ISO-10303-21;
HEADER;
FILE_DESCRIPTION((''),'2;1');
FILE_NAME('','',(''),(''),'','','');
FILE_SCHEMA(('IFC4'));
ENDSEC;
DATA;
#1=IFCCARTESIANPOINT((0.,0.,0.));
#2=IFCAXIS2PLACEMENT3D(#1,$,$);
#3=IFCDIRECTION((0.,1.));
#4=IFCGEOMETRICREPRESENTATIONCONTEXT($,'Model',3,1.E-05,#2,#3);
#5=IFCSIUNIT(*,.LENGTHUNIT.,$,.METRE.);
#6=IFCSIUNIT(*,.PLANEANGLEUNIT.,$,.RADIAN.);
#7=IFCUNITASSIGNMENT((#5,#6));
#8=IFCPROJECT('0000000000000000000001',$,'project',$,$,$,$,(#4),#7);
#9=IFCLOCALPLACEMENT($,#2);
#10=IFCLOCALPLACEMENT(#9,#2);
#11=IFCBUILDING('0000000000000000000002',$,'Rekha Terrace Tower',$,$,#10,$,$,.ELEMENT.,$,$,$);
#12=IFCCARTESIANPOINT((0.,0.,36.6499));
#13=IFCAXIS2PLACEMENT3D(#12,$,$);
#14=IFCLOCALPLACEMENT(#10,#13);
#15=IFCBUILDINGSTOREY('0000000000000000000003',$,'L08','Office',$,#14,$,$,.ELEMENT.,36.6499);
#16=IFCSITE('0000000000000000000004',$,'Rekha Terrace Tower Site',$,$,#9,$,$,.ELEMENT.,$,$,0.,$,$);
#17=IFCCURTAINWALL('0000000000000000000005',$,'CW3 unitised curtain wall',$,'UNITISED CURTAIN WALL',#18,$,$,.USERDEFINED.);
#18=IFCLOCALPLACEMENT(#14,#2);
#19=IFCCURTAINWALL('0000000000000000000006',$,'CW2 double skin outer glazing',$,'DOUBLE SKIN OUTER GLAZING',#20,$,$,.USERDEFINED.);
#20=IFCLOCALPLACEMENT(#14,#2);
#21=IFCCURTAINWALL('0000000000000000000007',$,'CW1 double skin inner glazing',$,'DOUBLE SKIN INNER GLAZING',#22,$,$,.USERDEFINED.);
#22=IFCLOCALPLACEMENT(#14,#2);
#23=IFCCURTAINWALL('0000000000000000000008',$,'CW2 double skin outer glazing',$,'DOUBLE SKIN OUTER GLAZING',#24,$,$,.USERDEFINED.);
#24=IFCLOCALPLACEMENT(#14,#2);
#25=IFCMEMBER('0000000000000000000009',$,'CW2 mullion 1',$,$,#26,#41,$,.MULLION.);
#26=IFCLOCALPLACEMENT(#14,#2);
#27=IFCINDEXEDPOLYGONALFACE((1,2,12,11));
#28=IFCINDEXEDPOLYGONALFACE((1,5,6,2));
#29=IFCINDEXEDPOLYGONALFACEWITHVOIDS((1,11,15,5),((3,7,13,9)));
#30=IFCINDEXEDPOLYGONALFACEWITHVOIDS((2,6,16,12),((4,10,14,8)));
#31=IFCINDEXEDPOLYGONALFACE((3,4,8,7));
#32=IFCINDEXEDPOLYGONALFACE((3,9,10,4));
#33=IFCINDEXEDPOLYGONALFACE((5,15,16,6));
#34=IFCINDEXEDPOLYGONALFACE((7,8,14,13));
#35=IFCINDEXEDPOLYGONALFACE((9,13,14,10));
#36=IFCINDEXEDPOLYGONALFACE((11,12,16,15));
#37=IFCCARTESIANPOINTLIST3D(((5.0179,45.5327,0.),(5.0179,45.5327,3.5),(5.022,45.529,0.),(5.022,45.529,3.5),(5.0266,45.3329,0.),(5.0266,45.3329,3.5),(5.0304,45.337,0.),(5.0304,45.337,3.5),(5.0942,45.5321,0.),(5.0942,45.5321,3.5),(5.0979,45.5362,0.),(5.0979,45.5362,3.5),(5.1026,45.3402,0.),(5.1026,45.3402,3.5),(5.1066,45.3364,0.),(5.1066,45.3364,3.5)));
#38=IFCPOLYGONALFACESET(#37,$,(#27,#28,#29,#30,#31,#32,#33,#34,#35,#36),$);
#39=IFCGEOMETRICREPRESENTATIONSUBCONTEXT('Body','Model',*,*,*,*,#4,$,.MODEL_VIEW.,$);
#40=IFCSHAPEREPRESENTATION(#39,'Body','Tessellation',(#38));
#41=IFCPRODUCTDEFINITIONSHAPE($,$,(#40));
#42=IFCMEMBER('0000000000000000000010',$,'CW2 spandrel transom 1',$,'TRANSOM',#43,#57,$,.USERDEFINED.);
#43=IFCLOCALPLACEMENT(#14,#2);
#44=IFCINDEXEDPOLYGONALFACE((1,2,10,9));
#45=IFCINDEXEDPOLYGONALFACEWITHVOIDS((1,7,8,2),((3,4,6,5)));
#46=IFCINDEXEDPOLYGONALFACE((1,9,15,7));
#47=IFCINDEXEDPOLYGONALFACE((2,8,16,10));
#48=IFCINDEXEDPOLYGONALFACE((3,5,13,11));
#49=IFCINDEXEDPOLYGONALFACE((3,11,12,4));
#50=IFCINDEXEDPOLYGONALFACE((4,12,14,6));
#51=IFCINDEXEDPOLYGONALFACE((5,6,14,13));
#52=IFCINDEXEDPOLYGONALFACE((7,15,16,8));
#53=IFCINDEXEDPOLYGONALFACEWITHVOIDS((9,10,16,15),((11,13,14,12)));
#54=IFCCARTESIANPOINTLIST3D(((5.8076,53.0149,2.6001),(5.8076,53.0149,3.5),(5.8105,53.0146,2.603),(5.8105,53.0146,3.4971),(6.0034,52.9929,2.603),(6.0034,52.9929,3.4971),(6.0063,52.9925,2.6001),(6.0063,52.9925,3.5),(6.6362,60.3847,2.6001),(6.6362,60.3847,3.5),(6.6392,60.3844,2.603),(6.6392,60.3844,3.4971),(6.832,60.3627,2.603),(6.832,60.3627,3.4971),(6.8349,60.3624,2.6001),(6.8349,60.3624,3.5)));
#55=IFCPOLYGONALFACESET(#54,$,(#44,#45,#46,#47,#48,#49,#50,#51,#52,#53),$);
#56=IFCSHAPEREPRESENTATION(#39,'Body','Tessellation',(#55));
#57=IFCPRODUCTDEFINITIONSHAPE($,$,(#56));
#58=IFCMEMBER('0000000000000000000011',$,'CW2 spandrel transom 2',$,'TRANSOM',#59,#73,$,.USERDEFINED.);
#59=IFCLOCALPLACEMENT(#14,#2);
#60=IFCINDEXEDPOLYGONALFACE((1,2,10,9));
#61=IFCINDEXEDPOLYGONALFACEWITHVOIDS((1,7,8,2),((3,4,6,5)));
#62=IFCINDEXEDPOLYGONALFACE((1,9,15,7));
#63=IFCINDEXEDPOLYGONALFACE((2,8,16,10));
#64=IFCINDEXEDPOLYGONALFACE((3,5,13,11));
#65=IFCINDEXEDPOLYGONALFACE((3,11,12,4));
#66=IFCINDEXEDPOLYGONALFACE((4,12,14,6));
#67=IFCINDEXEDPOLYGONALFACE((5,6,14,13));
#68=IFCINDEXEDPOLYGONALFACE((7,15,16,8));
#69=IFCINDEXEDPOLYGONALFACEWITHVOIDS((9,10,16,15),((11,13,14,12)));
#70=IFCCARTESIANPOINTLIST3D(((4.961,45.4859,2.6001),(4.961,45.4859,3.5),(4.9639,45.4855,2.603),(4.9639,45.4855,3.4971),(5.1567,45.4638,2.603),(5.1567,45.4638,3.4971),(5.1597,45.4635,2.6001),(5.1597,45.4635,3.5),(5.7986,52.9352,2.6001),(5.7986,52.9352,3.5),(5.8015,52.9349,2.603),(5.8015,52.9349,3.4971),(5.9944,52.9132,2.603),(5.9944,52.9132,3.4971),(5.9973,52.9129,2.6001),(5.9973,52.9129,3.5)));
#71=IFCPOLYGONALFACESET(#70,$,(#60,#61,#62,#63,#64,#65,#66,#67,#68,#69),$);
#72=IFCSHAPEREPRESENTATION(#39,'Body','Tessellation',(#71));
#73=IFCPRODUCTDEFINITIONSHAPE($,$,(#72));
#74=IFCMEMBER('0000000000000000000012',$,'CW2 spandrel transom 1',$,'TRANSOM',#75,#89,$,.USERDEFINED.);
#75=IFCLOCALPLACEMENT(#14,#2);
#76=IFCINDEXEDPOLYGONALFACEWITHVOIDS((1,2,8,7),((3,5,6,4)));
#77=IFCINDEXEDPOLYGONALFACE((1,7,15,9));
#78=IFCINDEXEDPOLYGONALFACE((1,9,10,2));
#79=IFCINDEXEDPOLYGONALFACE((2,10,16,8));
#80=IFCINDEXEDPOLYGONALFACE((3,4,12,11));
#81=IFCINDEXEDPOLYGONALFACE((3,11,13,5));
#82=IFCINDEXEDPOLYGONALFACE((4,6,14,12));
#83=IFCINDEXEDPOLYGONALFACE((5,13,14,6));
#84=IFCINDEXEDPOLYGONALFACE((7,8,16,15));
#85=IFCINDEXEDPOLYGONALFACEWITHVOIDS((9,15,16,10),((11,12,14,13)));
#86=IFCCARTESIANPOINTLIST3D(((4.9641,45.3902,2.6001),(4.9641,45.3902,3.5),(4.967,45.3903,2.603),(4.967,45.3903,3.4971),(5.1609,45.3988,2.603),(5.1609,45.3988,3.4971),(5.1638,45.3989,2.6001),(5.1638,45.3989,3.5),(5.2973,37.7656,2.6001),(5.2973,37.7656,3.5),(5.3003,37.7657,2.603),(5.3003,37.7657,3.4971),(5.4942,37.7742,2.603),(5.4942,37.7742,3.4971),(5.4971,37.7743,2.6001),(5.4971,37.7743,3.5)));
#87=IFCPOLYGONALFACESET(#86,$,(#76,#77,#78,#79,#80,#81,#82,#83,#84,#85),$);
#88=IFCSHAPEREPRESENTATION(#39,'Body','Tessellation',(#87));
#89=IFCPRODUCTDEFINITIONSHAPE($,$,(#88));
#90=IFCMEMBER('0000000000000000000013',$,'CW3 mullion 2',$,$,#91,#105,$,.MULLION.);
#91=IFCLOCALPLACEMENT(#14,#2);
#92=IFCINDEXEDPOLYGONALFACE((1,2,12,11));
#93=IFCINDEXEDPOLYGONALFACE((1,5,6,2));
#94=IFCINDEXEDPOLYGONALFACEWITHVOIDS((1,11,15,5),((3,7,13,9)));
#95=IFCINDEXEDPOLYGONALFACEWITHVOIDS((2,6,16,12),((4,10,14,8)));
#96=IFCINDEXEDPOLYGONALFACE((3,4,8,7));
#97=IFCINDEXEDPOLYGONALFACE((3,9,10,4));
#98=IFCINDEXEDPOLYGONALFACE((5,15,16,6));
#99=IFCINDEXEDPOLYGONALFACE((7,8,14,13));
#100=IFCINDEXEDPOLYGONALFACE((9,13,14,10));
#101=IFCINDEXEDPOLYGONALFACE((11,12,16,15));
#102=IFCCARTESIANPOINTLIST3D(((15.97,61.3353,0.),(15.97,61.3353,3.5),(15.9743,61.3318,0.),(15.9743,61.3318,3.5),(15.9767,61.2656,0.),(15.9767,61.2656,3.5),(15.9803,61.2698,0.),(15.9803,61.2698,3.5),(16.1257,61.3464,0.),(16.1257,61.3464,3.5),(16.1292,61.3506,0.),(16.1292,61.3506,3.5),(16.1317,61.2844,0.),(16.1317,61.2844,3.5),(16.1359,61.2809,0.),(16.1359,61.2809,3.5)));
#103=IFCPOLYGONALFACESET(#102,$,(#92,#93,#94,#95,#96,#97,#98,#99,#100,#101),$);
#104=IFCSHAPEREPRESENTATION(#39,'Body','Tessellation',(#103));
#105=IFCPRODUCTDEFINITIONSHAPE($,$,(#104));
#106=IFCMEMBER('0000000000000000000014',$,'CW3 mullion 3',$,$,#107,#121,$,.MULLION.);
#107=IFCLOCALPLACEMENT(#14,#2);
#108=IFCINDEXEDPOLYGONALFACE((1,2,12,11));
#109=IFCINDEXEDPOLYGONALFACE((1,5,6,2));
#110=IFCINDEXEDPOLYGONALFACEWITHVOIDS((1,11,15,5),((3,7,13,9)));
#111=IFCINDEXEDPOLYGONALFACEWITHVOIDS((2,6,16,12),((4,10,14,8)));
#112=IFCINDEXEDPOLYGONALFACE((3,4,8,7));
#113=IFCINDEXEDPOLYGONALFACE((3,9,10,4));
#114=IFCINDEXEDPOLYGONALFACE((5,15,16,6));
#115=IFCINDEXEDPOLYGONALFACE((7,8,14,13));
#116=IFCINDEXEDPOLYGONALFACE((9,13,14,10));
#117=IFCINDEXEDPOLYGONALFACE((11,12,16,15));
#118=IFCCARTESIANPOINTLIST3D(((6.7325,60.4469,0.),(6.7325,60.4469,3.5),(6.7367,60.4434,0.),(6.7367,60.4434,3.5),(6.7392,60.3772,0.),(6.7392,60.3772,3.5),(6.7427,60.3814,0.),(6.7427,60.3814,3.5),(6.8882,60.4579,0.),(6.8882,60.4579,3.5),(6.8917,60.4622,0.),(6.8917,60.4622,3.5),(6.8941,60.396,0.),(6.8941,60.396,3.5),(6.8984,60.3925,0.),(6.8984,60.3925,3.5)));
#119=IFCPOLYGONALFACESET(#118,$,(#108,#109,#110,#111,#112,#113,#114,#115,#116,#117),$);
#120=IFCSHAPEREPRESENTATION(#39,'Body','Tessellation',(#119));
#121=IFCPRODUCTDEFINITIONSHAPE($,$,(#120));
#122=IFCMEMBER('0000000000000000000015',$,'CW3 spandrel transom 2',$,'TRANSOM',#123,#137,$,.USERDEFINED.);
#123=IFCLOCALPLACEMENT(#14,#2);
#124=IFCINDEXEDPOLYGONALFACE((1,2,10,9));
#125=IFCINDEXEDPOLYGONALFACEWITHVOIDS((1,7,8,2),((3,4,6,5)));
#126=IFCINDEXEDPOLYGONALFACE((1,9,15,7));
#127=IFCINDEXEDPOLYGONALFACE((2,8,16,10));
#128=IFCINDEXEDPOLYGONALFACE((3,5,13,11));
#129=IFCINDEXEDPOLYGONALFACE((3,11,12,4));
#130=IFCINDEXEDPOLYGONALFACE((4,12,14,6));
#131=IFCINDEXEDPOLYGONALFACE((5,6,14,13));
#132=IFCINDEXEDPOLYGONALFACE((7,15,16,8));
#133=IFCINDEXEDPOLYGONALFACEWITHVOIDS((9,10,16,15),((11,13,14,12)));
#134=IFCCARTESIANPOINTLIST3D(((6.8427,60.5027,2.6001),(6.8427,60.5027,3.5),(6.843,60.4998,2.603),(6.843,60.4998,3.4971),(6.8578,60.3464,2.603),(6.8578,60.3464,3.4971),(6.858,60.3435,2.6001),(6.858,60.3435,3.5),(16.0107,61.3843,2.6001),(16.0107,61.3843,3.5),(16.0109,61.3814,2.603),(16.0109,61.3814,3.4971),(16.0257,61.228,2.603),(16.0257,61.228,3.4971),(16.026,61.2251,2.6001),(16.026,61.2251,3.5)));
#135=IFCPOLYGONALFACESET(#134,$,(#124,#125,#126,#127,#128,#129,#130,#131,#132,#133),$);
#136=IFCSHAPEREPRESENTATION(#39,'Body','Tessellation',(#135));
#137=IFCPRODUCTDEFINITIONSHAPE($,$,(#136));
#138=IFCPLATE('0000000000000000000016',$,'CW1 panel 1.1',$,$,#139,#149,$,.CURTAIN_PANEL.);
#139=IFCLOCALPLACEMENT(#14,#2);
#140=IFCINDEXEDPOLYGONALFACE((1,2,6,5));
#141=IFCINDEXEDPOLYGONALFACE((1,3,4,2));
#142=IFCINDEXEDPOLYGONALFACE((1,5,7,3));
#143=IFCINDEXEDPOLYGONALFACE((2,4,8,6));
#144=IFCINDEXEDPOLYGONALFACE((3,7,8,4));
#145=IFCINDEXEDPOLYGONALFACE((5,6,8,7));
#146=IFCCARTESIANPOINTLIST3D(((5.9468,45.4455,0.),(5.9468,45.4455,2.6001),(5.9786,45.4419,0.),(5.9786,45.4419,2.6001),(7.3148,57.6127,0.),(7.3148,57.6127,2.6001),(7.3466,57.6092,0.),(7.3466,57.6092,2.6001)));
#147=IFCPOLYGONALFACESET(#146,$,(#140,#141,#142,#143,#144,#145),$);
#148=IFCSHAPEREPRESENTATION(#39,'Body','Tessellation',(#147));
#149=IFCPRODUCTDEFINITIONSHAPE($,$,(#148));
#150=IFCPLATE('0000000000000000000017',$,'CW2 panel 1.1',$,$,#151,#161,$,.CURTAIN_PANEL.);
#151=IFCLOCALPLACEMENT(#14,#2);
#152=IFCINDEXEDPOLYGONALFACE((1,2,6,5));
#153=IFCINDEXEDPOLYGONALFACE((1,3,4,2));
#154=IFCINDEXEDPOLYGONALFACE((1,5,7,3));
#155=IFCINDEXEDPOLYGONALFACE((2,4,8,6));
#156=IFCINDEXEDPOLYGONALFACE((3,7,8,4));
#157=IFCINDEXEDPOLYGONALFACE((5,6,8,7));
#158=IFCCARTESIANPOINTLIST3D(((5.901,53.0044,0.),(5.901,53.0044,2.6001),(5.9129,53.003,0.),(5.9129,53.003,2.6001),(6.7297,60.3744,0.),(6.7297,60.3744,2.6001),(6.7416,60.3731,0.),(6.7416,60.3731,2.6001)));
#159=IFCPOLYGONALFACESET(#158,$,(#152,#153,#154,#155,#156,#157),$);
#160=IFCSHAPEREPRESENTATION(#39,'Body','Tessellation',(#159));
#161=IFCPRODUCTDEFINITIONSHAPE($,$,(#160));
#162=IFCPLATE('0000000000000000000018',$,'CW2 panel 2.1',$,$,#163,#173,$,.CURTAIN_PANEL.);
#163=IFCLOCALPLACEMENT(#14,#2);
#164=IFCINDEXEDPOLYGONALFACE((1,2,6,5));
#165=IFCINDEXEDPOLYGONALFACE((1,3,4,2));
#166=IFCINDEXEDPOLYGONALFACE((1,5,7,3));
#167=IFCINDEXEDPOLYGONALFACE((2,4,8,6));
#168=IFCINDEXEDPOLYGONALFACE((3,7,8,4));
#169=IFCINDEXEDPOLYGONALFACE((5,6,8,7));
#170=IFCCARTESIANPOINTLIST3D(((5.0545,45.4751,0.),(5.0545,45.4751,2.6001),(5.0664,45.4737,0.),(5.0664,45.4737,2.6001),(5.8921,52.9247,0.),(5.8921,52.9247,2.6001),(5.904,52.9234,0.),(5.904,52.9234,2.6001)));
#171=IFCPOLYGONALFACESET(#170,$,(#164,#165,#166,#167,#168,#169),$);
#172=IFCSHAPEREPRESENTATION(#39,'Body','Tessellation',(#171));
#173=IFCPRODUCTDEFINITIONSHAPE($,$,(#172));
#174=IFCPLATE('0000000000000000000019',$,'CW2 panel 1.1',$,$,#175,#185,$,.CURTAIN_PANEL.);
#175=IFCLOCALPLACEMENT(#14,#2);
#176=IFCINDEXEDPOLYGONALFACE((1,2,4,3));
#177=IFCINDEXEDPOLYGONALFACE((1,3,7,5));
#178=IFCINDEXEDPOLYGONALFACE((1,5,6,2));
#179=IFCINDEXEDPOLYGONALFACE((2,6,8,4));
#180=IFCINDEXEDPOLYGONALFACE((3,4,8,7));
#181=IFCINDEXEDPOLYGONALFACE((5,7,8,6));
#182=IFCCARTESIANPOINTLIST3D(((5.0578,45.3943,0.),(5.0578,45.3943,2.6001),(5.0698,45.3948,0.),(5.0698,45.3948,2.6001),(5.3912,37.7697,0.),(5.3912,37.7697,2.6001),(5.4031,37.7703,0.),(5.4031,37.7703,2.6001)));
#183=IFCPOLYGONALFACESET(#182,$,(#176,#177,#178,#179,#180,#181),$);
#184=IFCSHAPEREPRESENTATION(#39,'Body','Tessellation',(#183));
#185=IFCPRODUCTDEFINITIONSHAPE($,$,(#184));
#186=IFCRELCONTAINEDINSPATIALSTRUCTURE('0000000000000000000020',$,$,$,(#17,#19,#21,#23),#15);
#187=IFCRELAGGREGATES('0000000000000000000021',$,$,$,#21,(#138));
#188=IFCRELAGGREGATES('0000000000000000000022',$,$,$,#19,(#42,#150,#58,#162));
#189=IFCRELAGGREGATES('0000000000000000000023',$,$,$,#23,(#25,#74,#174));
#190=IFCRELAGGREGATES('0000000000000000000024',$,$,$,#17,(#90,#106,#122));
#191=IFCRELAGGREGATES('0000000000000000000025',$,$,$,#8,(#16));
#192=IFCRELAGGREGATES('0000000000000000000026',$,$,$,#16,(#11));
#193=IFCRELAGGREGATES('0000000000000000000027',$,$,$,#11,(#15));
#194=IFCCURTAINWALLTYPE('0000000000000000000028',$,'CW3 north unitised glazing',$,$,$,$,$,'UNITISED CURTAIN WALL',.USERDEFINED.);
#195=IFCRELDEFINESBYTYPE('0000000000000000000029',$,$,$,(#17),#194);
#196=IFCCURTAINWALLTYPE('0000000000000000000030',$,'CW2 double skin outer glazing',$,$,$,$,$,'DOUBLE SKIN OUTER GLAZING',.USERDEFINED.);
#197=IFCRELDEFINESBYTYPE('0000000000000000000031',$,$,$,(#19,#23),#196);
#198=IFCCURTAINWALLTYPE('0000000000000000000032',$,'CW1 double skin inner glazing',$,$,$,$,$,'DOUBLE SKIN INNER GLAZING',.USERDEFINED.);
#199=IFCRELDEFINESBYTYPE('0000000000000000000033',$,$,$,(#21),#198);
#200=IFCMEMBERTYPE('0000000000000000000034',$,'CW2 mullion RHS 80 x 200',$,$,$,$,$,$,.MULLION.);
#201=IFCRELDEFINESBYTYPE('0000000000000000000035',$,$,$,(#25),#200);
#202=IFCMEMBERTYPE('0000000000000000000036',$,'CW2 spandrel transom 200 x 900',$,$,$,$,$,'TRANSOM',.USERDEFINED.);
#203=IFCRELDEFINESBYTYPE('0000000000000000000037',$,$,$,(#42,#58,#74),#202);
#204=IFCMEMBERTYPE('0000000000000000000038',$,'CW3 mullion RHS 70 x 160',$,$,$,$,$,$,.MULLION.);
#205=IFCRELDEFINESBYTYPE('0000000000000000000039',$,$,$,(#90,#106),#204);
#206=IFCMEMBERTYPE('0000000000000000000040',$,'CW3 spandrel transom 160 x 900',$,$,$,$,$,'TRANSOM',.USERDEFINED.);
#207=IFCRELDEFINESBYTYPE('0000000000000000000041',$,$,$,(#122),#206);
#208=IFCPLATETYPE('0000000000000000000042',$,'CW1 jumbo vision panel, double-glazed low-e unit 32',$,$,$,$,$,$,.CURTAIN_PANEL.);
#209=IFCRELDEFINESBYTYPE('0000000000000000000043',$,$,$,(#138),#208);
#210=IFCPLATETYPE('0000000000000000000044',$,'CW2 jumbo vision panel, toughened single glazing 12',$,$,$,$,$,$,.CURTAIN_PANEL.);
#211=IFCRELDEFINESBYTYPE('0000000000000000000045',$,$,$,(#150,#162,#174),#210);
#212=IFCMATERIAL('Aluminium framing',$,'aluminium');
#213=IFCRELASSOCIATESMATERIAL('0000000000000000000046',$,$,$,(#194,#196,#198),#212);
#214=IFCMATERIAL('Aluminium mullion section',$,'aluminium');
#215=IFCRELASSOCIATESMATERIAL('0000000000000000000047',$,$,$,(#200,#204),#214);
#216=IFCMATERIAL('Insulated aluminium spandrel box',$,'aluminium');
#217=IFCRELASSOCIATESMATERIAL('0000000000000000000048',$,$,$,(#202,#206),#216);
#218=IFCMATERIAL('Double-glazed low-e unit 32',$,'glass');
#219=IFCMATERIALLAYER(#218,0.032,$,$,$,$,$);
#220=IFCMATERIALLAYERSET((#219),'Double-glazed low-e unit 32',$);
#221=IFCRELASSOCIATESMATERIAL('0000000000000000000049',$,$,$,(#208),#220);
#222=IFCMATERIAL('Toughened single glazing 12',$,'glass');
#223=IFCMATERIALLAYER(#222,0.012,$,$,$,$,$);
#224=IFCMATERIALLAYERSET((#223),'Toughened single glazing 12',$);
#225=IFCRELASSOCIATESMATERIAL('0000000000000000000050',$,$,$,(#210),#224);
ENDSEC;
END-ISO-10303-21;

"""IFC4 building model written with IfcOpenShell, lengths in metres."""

from ifc_helpers import new_model, si_unit, direction, frame, origin, origin_2d, place, context, subcontext, project, spatial, rectangle, hollow_rectangle, extrude, material, layer, layer_set, material_profile, profile_set, type_object, element, aggregate, save


model = new_model("IFC4")

# Units and contexts
model_context = context("Model", 3, precision=1e-05, world=origin(), true_north=direction((0.0, 1.0)))
body_context = subcontext(model_context, "Body", "Model", "MODEL_VIEW")
ifc_project = project(units=[si_unit("LENGTHUNIT", "METRE"), si_unit("PLANEANGLEUNIT", "RADIAN")], contexts=[model_context])

# Site, building, storey
site_placement = place(None, origin())
site = spatial("IfcSite", under=ifc_project, at=site_placement, Name="Rekha Terrace Tower Site", CompositionType="ELEMENT", RefElevation=0.0)
building_placement = place(site_placement, origin())
building = spatial("IfcBuilding", under=site, at=building_placement, Name="Rekha Terrace Tower", CompositionType="ELEMENT")
storey_placement = place(building_placement, frame((0.0, 0.0, 36.6499)))
storey = spatial("IfcBuildingStorey", under=building, at=storey_placement, Name="L08", Description="Office", CompositionType="ELEMENT", Elevation=36.6499)

# Curtain walls
ifc_material_1 = material(Name="Aluminium framing", Category="aluminium")
curtain_wall_type_1 = type_object("IfcCurtainWallType", Name="CW3 north unitised glazing", ElementType="UNITISED CURTAIN WALL", PredefinedType="USERDEFINED", material=ifc_material_1)
curtain_wall_1_placement = place(storey_placement, origin())
curtain_wall_1 = element("IfcCurtainWall", 1, at=curtain_wall_1_placement, inside=storey, type_object=curtain_wall_type_1, Name="CW3 unitised curtain wall", ObjectType="UNITISED CURTAIN WALL", PredefinedType="USERDEFINED")
curtain_wall_type_2 = type_object("IfcCurtainWallType", Name="CW2 double skin outer glazing", ElementType="DOUBLE SKIN OUTER GLAZING", PredefinedType="USERDEFINED", material=ifc_material_1)
curtain_wall_2_placement = place(storey_placement, origin())
curtain_wall_2 = element("IfcCurtainWall", 2, at=curtain_wall_2_placement, inside=storey, type_object=curtain_wall_type_2, Name="CW2 double skin outer glazing", ObjectType="DOUBLE SKIN OUTER GLAZING", PredefinedType="USERDEFINED")
curtain_wall_type_3 = type_object("IfcCurtainWallType", Name="CW1 double skin inner glazing", ElementType="DOUBLE SKIN INNER GLAZING", PredefinedType="USERDEFINED", material=ifc_material_1)
curtain_wall_3_placement = place(storey_placement, origin())
curtain_wall_3 = element("IfcCurtainWall", 3, at=curtain_wall_3_placement, inside=storey, type_object=curtain_wall_type_3, Name="CW1 double skin inner glazing", ObjectType="DOUBLE SKIN INNER GLAZING", PredefinedType="USERDEFINED")
ifc_material_2 = material(Name="Aluminium mullion section", Category="aluminium")

# Shared definitions
ifc_material_3 = material(Name="Insulated aluminium spandrel box", Category="aluminium")
ifc_material_profile_1 = material_profile(ifc_material_2, hollow_rectangle(XDim=0.0801, YDim=0.2, WallThickness=0.0039, at=origin_2d()), Name="AL RHS 80x200")
ifc_profile_set_1 = profile_set([ifc_material_profile_1], Name="Aluminium mullion section")
member_type_1 = type_object("IfcMemberType", Name="CW2 mullion RHS 80 x 200", PredefinedType="MULLION", material=ifc_profile_set_1)

# Curtain wall, member
curtain_wall_4_placement = place(storey_placement, origin())
curtain_wall_4 = element("IfcCurtainWall", 4, at=curtain_wall_4_placement, inside=storey, type_object=curtain_wall_type_2, Name="CW2 double skin outer glazing", ObjectType="DOUBLE SKIN OUTER GLAZING", PredefinedType="USERDEFINED")
member_1_placement = place(storey_placement, frame((5.0623, 45.4346, 0.0), z_axis=(0.0, 0.0, 1.0), x_axis=(0.999045, 0.043683, 0.0)))
member_1 = element("IfcMember", 5, at=member_1_placement, type_object=member_type_1, Name="CW2 mullion 1", PredefinedType="MULLION", context=body_context, shape_type="SweptSolid", body=[
    extrude(hollow_rectangle(XDim=0.0801, YDim=0.2, WallThickness=0.0039, at=origin_2d()), origin(), (0.0, 0.0, 1.0), 3.5),
])

# Members
ifc_material_profile_2 = material_profile(ifc_material_3, hollow_rectangle(XDim=0.2, YDim=0.8999, WallThickness=0.0029, at=origin_2d()), Name="AL SPANDREL BOX 200x900")
ifc_profile_set_2 = profile_set([ifc_material_profile_2], Name="Insulated aluminium spandrel box")
member_type_2 = type_object("IfcMemberType", Name="CW2 spandrel transom 200 x 900", ElementType="TRANSOM", PredefinedType="USERDEFINED", material=ifc_profile_set_2)
member_2_placement = place(storey_placement, frame((6.7356, 60.3735, 3.05), z_axis=(-0.111729, -0.993739, 0.0), x_axis=(0.993739, -0.111729, 0.0)))
member_2 = element("IfcMember", 6, at=member_2_placement, type_object=member_type_2, Name="CW2 spandrel transom 1", ObjectType="TRANSOM", PredefinedType="USERDEFINED", context=body_context, shape_type="SweptSolid", body=[
    extrude(hollow_rectangle(XDim=0.2, YDim=0.8999, WallThickness=0.0029, at=origin_2d()), origin(), (0.0, 0.0, 1.0), 7.4163),
])
member_3_placement = place(storey_placement, frame((5.8979, 52.9241, 3.05), z_axis=(-0.11174, -0.993738, 0.0), x_axis=(0.993738, -0.11174, 0.0)))
member_3 = element("IfcMember", 7, at=member_3_placement, type_object=member_type_2, Name="CW2 spandrel transom 2", ObjectType="TRANSOM", PredefinedType="USERDEFINED", context=body_context, shape_type="SweptSolid", body=[
    extrude(hollow_rectangle(XDim=0.2, YDim=0.8999, WallThickness=0.0029, at=origin_2d()), origin(), (0.0, 0.0, 1.0), 7.4963),
])
member_4_placement = place(storey_placement, frame((5.064, 45.3945, 3.05), z_axis=(0.043666, -0.999046, 0.0), x_axis=(0.999046, 0.043666, 0.0)))
member_4 = element("IfcMember", 8, at=member_4_placement, type_object=member_type_2, Name="CW2 spandrel transom 1", ObjectType="TRANSOM", PredefinedType="USERDEFINED", context=body_context, shape_type="SweptSolid", body=[
    extrude(hollow_rectangle(XDim=0.2, YDim=0.8999, WallThickness=0.0029, at=origin_2d()), origin(), (0.0, 0.0, 1.0), 7.6318),
])
ifc_material_profile_3 = material_profile(ifc_material_2, hollow_rectangle(XDim=0.0701, YDim=0.1599, WallThickness=0.0039, at=origin_2d()), Name="AL RHS 70x160")
ifc_profile_set_3 = profile_set([ifc_material_profile_3], Name="Aluminium mullion section")
member_type_3 = type_object("IfcMemberType", Name="CW3 mullion RHS 70 x 160", PredefinedType="MULLION", material=ifc_profile_set_3)
member_5_placement = place(storey_placement, frame((16.053, 61.3081, 0.0), z_axis=(0.0, 0.0, 1.0), x_axis=(0.095712, -0.995409, 0.0)))
member_5 = element("IfcMember", 9, at=member_5_placement, type_object=member_type_3, Name="CW3 mullion 2", PredefinedType="MULLION", context=body_context, shape_type="SweptSolid", body=[
    extrude(hollow_rectangle(XDim=0.0701, YDim=0.1599, WallThickness=0.0039, at=origin_2d()), origin(), (0.0, 0.0, 1.0), 3.5),
])
member_6_placement = place(storey_placement, frame((6.8154, 60.4197, 0.0), z_axis=(0.0, 0.0, 1.0), x_axis=(0.095712, -0.995409, 0.0)))
member_6 = element("IfcMember", 10, at=member_6_placement, type_object=member_type_3, Name="CW3 mullion 3", PredefinedType="MULLION", context=body_context, shape_type="SweptSolid", body=[
    extrude(hollow_rectangle(XDim=0.0701, YDim=0.1599, WallThickness=0.0039, at=origin_2d()), origin(), (0.0, 0.0, 1.0), 3.5),
])
ifc_material_profile_4 = material_profile(ifc_material_3, hollow_rectangle(XDim=0.1599, YDim=0.8999, WallThickness=0.0029, at=origin_2d()), Name="AL SPANDREL BOX 160x900")
ifc_profile_set_4 = profile_set([ifc_material_profile_4], Name="Insulated aluminium spandrel box")
member_type_4 = type_object("IfcMemberType", Name="CW3 spandrel transom 160 x 900", ElementType="TRANSOM", PredefinedType="USERDEFINED", material=ifc_profile_set_4)
member_7_placement = place(storey_placement, frame((16.0183, 61.3047, 3.05), z_axis=(-0.995408, -0.095718, 0.0), x_axis=(0.095718, -0.995408, 0.0)))
member_7 = element("IfcMember", 11, at=member_7_placement, type_object=member_type_4, Name="CW3 spandrel transom 2", ObjectType="TRANSOM", PredefinedType="USERDEFINED", context=body_context, shape_type="SweptSolid", body=[
    extrude(hollow_rectangle(XDim=0.1599, YDim=0.8999, WallThickness=0.0029, at=origin_2d()), origin(), (0.0, 0.0, 1.0), 9.2102),
])

# Plates
ifc_material_4 = material(Name="Double-glazed low-e unit 32", Category="glass")
ifc_layer_1 = layer(ifc_material_4, 0.032)
ifc_layer_set_1 = layer_set([ifc_layer_1], Name="Double-glazed low-e unit 32")
plate_type_1 = type_object("IfcPlateType", Name="CW1 jumbo vision panel, double-glazed low-e unit 32", PredefinedType="CURTAIN_PANEL", material=ifc_layer_set_1)
plate_1_placement = place(storey_placement, frame((6.6467, 51.5273, 0.0), z_axis=(0.0, 0.0, 1.0), x_axis=(-0.11173, -0.993739, 0.0)))
plate_1 = element("IfcPlate", 12, at=plate_1_placement, type_object=plate_type_1, Name="CW1 panel 1.1", PredefinedType="CURTAIN_PANEL", context=body_context, shape_type="SweptSolid", body=[
    extrude(rectangle(XDim=12.2439, YDim=0.032, at=origin_2d()), origin(), (0.0, 0.0, 1.0), 2.6001),
])
aggregate(curtain_wall_3, [plate_1])
ifc_material_5 = material(Name="Toughened single glazing 12", Category="glass")
ifc_layer_2 = layer(ifc_material_5, 0.012)
ifc_layer_set_2 = layer_set([ifc_layer_2], Name="Toughened single glazing 12")
plate_type_2 = type_object("IfcPlateType", Name="CW2 jumbo vision panel, toughened single glazing 12", PredefinedType="CURTAIN_PANEL", material=ifc_layer_set_2)
plate_2_placement = place(storey_placement, frame((6.3213, 56.6887, 0.0), z_axis=(0.0, 0.0, 1.0), x_axis=(-0.11173, -0.993739, 0.0)))
plate_2 = element("IfcPlate", 13, at=plate_2_placement, type_object=plate_type_2, Name="CW2 panel 1.1", PredefinedType="CURTAIN_PANEL", context=body_context, shape_type="SweptSolid", body=[
    extrude(rectangle(XDim=7.4165, YDim=0.012, at=origin_2d()), origin(), (0.0, 0.0, 1.0), 2.6001),
])
plate_3_placement = place(storey_placement, frame((5.4792, 49.1992, 0.0), z_axis=(0.0, 0.0, 1.0), x_axis=(-0.11173, -0.993739, 0.0)))
plate_3 = element("IfcPlate", 14, at=plate_3_placement, type_object=plate_type_2, Name="CW2 panel 2.1", PredefinedType="CURTAIN_PANEL", context=body_context, shape_type="SweptSolid", body=[
    extrude(rectangle(XDim=7.4966, YDim=0.012, at=origin_2d()), origin(), (0.0, 0.0, 1.0), 2.6001),
])
aggregate(curtain_wall_2, [member_2, plate_2, member_3, plate_3])
plate_4_placement = place(storey_placement, frame((5.2305, 41.5823, 0.0), z_axis=(0.0, 0.0, 1.0), x_axis=(0.043683, -0.999045, 0.0)))
plate_4 = element("IfcPlate", 15, at=plate_4_placement, type_object=plate_type_2, Name="CW2 panel 1.1", PredefinedType="CURTAIN_PANEL", context=body_context, shape_type="SweptSolid", body=[
    extrude(rectangle(XDim=7.6318, YDim=0.012, at=origin_2d()), origin(), (0.0, 0.0, 1.0), 2.6001),
])
aggregate(curtain_wall_4, [member_1, member_4, plate_4])
aggregate(curtain_wall_1, [member_5, member_6, member_7])

save(model, "model.ifc")
